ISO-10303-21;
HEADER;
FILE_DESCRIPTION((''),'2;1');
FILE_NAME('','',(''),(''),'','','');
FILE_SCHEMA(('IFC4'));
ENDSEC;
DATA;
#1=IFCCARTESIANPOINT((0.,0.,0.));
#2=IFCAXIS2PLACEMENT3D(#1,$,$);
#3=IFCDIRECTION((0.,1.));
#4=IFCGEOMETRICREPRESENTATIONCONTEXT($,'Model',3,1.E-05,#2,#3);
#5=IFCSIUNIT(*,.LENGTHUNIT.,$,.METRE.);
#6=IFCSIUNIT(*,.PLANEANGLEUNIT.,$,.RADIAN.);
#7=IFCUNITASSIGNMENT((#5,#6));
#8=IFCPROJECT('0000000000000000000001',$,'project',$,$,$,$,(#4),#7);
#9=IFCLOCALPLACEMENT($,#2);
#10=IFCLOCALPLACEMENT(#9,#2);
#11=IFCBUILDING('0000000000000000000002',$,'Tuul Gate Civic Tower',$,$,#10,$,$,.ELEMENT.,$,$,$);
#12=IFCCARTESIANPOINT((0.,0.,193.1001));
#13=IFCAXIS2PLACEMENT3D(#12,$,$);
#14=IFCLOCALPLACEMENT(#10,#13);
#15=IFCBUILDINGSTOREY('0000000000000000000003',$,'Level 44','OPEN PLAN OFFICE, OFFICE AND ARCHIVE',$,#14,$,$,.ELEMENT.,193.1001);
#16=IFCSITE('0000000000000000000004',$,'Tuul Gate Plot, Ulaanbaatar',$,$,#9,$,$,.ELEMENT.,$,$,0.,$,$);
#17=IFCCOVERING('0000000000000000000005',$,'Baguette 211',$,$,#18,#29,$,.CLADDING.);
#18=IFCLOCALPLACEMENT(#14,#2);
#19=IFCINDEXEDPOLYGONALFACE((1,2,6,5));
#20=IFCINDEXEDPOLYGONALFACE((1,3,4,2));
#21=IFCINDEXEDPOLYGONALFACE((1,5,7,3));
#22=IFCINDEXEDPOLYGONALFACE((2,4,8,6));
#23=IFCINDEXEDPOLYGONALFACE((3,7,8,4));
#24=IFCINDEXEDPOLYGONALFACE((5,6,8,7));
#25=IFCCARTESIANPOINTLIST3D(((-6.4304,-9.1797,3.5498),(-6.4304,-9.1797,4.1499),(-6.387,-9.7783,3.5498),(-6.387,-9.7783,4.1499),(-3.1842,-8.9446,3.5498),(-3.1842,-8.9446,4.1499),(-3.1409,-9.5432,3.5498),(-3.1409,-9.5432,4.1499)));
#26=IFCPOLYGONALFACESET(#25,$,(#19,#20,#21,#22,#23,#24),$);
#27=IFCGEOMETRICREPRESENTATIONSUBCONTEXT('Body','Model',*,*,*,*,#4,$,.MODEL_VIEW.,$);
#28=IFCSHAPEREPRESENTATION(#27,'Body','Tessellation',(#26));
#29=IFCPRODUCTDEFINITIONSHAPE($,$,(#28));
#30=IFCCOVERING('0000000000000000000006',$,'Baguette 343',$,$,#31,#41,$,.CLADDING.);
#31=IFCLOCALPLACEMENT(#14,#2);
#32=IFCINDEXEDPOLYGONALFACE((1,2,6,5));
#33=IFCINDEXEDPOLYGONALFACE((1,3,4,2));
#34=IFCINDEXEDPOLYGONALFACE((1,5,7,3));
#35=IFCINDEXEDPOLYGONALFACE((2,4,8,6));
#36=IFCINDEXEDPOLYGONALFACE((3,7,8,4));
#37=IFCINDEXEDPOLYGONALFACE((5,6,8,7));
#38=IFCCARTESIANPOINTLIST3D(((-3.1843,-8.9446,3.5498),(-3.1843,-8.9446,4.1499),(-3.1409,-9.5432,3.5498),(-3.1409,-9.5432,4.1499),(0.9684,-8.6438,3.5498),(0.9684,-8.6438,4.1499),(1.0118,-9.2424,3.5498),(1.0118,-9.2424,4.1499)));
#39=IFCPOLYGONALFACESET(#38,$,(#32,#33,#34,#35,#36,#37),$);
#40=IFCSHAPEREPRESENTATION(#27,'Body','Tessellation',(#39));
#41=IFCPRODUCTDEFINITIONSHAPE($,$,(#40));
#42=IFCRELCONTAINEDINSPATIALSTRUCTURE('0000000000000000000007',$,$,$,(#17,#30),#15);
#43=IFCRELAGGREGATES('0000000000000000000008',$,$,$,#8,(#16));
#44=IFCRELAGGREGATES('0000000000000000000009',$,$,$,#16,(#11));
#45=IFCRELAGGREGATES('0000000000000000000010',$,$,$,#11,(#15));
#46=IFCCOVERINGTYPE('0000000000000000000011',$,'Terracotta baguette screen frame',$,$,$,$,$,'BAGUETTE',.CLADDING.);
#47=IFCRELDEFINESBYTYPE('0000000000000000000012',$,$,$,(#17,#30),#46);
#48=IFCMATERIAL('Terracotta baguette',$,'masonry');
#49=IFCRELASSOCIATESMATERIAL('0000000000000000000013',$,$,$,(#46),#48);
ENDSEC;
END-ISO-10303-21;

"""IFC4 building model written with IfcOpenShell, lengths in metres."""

from ifc_helpers import new_model, si_unit, direction, frame, origin, origin_2d, place, context, subcontext, project, spatial, rectangle, extrude, material, material_profile, profile_set, type_object, element, save


model = new_model("IFC4")

# Units and contexts
model_context = context("Model", 3, precision=1e-05, world=origin(), true_north=direction((0.0, 1.0)))
body_context = subcontext(model_context, "Body", "Model", "MODEL_VIEW")
ifc_project = project(units=[si_unit("LENGTHUNIT", "METRE"), si_unit("PLANEANGLEUNIT", "RADIAN")], contexts=[model_context])

# Site, building, storey
site_placement = place(None, origin())
site = spatial("IfcSite", under=ifc_project, at=site_placement, Name="Tuul Gate Plot, Ulaanbaatar", CompositionType="ELEMENT", RefElevation=0.0)
building_placement = place(site_placement, origin())
building = spatial("IfcBuilding", under=site, at=building_placement, Name="Tuul Gate Civic Tower", CompositionType="ELEMENT")
storey_placement = place(building_placement, frame((0.0, 0.0, 193.1001)))
storey = spatial("IfcBuildingStorey", under=building, at=storey_placement, Name="Level 44", Description="OPEN PLAN OFFICE, OFFICE AND ARCHIVE", CompositionType="ELEMENT", Elevation=193.1001)

# Coverings
ifc_material_1 = material(Name="Terracotta baguette", Category="masonry")
ifc_material_profile_1 = material_profile(ifc_material_1, rectangle(XDim=0.6001, YDim=0.6001, at=origin_2d()), Name="Terracotta baguette screen frame")
ifc_profile_set_1 = profile_set([ifc_material_profile_1], Name="Terracotta baguette")
covering_type = type_object("IfcCoveringType", Name="Terracotta baguette screen frame", ElementType="BAGUETTE", PredefinedType="CLADDING", material=ifc_profile_set_1)
covering_1_placement = place(storey_placement, frame((-6.4087, -9.479, 3.8499), z_axis=(0.997387, 0.072239, 0.0), x_axis=(-0.072239, 0.997387, 0.0)))
element("IfcCovering", 1, at=covering_1_placement, inside=storey, type_object=covering_type, Name="Baguette 211", PredefinedType="CLADDING", context=body_context, shape_type="SweptSolid", body=[
    extrude(rectangle(XDim=0.6001, YDim=0.6001, at=origin_2d()), origin(), (0.0, 0.0, 1.0), 3.2546),
])
covering_2_placement = place(storey_placement, frame((-3.1626, -9.2439, 3.8499), z_axis=(0.997387, 0.072243, 0.0), x_axis=(-0.072243, 0.997387, 0.0)))
element("IfcCovering", 2, at=covering_2_placement, inside=storey, type_object=covering_type, Name="Baguette 343", PredefinedType="CLADDING", context=body_context, shape_type="SweptSolid", body=[
    extrude(rectangle(XDim=0.6001, YDim=0.6001, at=origin_2d()), origin(), (0.0, 0.0, 1.0), 4.1636),
])

save(model, "model.ifc")
